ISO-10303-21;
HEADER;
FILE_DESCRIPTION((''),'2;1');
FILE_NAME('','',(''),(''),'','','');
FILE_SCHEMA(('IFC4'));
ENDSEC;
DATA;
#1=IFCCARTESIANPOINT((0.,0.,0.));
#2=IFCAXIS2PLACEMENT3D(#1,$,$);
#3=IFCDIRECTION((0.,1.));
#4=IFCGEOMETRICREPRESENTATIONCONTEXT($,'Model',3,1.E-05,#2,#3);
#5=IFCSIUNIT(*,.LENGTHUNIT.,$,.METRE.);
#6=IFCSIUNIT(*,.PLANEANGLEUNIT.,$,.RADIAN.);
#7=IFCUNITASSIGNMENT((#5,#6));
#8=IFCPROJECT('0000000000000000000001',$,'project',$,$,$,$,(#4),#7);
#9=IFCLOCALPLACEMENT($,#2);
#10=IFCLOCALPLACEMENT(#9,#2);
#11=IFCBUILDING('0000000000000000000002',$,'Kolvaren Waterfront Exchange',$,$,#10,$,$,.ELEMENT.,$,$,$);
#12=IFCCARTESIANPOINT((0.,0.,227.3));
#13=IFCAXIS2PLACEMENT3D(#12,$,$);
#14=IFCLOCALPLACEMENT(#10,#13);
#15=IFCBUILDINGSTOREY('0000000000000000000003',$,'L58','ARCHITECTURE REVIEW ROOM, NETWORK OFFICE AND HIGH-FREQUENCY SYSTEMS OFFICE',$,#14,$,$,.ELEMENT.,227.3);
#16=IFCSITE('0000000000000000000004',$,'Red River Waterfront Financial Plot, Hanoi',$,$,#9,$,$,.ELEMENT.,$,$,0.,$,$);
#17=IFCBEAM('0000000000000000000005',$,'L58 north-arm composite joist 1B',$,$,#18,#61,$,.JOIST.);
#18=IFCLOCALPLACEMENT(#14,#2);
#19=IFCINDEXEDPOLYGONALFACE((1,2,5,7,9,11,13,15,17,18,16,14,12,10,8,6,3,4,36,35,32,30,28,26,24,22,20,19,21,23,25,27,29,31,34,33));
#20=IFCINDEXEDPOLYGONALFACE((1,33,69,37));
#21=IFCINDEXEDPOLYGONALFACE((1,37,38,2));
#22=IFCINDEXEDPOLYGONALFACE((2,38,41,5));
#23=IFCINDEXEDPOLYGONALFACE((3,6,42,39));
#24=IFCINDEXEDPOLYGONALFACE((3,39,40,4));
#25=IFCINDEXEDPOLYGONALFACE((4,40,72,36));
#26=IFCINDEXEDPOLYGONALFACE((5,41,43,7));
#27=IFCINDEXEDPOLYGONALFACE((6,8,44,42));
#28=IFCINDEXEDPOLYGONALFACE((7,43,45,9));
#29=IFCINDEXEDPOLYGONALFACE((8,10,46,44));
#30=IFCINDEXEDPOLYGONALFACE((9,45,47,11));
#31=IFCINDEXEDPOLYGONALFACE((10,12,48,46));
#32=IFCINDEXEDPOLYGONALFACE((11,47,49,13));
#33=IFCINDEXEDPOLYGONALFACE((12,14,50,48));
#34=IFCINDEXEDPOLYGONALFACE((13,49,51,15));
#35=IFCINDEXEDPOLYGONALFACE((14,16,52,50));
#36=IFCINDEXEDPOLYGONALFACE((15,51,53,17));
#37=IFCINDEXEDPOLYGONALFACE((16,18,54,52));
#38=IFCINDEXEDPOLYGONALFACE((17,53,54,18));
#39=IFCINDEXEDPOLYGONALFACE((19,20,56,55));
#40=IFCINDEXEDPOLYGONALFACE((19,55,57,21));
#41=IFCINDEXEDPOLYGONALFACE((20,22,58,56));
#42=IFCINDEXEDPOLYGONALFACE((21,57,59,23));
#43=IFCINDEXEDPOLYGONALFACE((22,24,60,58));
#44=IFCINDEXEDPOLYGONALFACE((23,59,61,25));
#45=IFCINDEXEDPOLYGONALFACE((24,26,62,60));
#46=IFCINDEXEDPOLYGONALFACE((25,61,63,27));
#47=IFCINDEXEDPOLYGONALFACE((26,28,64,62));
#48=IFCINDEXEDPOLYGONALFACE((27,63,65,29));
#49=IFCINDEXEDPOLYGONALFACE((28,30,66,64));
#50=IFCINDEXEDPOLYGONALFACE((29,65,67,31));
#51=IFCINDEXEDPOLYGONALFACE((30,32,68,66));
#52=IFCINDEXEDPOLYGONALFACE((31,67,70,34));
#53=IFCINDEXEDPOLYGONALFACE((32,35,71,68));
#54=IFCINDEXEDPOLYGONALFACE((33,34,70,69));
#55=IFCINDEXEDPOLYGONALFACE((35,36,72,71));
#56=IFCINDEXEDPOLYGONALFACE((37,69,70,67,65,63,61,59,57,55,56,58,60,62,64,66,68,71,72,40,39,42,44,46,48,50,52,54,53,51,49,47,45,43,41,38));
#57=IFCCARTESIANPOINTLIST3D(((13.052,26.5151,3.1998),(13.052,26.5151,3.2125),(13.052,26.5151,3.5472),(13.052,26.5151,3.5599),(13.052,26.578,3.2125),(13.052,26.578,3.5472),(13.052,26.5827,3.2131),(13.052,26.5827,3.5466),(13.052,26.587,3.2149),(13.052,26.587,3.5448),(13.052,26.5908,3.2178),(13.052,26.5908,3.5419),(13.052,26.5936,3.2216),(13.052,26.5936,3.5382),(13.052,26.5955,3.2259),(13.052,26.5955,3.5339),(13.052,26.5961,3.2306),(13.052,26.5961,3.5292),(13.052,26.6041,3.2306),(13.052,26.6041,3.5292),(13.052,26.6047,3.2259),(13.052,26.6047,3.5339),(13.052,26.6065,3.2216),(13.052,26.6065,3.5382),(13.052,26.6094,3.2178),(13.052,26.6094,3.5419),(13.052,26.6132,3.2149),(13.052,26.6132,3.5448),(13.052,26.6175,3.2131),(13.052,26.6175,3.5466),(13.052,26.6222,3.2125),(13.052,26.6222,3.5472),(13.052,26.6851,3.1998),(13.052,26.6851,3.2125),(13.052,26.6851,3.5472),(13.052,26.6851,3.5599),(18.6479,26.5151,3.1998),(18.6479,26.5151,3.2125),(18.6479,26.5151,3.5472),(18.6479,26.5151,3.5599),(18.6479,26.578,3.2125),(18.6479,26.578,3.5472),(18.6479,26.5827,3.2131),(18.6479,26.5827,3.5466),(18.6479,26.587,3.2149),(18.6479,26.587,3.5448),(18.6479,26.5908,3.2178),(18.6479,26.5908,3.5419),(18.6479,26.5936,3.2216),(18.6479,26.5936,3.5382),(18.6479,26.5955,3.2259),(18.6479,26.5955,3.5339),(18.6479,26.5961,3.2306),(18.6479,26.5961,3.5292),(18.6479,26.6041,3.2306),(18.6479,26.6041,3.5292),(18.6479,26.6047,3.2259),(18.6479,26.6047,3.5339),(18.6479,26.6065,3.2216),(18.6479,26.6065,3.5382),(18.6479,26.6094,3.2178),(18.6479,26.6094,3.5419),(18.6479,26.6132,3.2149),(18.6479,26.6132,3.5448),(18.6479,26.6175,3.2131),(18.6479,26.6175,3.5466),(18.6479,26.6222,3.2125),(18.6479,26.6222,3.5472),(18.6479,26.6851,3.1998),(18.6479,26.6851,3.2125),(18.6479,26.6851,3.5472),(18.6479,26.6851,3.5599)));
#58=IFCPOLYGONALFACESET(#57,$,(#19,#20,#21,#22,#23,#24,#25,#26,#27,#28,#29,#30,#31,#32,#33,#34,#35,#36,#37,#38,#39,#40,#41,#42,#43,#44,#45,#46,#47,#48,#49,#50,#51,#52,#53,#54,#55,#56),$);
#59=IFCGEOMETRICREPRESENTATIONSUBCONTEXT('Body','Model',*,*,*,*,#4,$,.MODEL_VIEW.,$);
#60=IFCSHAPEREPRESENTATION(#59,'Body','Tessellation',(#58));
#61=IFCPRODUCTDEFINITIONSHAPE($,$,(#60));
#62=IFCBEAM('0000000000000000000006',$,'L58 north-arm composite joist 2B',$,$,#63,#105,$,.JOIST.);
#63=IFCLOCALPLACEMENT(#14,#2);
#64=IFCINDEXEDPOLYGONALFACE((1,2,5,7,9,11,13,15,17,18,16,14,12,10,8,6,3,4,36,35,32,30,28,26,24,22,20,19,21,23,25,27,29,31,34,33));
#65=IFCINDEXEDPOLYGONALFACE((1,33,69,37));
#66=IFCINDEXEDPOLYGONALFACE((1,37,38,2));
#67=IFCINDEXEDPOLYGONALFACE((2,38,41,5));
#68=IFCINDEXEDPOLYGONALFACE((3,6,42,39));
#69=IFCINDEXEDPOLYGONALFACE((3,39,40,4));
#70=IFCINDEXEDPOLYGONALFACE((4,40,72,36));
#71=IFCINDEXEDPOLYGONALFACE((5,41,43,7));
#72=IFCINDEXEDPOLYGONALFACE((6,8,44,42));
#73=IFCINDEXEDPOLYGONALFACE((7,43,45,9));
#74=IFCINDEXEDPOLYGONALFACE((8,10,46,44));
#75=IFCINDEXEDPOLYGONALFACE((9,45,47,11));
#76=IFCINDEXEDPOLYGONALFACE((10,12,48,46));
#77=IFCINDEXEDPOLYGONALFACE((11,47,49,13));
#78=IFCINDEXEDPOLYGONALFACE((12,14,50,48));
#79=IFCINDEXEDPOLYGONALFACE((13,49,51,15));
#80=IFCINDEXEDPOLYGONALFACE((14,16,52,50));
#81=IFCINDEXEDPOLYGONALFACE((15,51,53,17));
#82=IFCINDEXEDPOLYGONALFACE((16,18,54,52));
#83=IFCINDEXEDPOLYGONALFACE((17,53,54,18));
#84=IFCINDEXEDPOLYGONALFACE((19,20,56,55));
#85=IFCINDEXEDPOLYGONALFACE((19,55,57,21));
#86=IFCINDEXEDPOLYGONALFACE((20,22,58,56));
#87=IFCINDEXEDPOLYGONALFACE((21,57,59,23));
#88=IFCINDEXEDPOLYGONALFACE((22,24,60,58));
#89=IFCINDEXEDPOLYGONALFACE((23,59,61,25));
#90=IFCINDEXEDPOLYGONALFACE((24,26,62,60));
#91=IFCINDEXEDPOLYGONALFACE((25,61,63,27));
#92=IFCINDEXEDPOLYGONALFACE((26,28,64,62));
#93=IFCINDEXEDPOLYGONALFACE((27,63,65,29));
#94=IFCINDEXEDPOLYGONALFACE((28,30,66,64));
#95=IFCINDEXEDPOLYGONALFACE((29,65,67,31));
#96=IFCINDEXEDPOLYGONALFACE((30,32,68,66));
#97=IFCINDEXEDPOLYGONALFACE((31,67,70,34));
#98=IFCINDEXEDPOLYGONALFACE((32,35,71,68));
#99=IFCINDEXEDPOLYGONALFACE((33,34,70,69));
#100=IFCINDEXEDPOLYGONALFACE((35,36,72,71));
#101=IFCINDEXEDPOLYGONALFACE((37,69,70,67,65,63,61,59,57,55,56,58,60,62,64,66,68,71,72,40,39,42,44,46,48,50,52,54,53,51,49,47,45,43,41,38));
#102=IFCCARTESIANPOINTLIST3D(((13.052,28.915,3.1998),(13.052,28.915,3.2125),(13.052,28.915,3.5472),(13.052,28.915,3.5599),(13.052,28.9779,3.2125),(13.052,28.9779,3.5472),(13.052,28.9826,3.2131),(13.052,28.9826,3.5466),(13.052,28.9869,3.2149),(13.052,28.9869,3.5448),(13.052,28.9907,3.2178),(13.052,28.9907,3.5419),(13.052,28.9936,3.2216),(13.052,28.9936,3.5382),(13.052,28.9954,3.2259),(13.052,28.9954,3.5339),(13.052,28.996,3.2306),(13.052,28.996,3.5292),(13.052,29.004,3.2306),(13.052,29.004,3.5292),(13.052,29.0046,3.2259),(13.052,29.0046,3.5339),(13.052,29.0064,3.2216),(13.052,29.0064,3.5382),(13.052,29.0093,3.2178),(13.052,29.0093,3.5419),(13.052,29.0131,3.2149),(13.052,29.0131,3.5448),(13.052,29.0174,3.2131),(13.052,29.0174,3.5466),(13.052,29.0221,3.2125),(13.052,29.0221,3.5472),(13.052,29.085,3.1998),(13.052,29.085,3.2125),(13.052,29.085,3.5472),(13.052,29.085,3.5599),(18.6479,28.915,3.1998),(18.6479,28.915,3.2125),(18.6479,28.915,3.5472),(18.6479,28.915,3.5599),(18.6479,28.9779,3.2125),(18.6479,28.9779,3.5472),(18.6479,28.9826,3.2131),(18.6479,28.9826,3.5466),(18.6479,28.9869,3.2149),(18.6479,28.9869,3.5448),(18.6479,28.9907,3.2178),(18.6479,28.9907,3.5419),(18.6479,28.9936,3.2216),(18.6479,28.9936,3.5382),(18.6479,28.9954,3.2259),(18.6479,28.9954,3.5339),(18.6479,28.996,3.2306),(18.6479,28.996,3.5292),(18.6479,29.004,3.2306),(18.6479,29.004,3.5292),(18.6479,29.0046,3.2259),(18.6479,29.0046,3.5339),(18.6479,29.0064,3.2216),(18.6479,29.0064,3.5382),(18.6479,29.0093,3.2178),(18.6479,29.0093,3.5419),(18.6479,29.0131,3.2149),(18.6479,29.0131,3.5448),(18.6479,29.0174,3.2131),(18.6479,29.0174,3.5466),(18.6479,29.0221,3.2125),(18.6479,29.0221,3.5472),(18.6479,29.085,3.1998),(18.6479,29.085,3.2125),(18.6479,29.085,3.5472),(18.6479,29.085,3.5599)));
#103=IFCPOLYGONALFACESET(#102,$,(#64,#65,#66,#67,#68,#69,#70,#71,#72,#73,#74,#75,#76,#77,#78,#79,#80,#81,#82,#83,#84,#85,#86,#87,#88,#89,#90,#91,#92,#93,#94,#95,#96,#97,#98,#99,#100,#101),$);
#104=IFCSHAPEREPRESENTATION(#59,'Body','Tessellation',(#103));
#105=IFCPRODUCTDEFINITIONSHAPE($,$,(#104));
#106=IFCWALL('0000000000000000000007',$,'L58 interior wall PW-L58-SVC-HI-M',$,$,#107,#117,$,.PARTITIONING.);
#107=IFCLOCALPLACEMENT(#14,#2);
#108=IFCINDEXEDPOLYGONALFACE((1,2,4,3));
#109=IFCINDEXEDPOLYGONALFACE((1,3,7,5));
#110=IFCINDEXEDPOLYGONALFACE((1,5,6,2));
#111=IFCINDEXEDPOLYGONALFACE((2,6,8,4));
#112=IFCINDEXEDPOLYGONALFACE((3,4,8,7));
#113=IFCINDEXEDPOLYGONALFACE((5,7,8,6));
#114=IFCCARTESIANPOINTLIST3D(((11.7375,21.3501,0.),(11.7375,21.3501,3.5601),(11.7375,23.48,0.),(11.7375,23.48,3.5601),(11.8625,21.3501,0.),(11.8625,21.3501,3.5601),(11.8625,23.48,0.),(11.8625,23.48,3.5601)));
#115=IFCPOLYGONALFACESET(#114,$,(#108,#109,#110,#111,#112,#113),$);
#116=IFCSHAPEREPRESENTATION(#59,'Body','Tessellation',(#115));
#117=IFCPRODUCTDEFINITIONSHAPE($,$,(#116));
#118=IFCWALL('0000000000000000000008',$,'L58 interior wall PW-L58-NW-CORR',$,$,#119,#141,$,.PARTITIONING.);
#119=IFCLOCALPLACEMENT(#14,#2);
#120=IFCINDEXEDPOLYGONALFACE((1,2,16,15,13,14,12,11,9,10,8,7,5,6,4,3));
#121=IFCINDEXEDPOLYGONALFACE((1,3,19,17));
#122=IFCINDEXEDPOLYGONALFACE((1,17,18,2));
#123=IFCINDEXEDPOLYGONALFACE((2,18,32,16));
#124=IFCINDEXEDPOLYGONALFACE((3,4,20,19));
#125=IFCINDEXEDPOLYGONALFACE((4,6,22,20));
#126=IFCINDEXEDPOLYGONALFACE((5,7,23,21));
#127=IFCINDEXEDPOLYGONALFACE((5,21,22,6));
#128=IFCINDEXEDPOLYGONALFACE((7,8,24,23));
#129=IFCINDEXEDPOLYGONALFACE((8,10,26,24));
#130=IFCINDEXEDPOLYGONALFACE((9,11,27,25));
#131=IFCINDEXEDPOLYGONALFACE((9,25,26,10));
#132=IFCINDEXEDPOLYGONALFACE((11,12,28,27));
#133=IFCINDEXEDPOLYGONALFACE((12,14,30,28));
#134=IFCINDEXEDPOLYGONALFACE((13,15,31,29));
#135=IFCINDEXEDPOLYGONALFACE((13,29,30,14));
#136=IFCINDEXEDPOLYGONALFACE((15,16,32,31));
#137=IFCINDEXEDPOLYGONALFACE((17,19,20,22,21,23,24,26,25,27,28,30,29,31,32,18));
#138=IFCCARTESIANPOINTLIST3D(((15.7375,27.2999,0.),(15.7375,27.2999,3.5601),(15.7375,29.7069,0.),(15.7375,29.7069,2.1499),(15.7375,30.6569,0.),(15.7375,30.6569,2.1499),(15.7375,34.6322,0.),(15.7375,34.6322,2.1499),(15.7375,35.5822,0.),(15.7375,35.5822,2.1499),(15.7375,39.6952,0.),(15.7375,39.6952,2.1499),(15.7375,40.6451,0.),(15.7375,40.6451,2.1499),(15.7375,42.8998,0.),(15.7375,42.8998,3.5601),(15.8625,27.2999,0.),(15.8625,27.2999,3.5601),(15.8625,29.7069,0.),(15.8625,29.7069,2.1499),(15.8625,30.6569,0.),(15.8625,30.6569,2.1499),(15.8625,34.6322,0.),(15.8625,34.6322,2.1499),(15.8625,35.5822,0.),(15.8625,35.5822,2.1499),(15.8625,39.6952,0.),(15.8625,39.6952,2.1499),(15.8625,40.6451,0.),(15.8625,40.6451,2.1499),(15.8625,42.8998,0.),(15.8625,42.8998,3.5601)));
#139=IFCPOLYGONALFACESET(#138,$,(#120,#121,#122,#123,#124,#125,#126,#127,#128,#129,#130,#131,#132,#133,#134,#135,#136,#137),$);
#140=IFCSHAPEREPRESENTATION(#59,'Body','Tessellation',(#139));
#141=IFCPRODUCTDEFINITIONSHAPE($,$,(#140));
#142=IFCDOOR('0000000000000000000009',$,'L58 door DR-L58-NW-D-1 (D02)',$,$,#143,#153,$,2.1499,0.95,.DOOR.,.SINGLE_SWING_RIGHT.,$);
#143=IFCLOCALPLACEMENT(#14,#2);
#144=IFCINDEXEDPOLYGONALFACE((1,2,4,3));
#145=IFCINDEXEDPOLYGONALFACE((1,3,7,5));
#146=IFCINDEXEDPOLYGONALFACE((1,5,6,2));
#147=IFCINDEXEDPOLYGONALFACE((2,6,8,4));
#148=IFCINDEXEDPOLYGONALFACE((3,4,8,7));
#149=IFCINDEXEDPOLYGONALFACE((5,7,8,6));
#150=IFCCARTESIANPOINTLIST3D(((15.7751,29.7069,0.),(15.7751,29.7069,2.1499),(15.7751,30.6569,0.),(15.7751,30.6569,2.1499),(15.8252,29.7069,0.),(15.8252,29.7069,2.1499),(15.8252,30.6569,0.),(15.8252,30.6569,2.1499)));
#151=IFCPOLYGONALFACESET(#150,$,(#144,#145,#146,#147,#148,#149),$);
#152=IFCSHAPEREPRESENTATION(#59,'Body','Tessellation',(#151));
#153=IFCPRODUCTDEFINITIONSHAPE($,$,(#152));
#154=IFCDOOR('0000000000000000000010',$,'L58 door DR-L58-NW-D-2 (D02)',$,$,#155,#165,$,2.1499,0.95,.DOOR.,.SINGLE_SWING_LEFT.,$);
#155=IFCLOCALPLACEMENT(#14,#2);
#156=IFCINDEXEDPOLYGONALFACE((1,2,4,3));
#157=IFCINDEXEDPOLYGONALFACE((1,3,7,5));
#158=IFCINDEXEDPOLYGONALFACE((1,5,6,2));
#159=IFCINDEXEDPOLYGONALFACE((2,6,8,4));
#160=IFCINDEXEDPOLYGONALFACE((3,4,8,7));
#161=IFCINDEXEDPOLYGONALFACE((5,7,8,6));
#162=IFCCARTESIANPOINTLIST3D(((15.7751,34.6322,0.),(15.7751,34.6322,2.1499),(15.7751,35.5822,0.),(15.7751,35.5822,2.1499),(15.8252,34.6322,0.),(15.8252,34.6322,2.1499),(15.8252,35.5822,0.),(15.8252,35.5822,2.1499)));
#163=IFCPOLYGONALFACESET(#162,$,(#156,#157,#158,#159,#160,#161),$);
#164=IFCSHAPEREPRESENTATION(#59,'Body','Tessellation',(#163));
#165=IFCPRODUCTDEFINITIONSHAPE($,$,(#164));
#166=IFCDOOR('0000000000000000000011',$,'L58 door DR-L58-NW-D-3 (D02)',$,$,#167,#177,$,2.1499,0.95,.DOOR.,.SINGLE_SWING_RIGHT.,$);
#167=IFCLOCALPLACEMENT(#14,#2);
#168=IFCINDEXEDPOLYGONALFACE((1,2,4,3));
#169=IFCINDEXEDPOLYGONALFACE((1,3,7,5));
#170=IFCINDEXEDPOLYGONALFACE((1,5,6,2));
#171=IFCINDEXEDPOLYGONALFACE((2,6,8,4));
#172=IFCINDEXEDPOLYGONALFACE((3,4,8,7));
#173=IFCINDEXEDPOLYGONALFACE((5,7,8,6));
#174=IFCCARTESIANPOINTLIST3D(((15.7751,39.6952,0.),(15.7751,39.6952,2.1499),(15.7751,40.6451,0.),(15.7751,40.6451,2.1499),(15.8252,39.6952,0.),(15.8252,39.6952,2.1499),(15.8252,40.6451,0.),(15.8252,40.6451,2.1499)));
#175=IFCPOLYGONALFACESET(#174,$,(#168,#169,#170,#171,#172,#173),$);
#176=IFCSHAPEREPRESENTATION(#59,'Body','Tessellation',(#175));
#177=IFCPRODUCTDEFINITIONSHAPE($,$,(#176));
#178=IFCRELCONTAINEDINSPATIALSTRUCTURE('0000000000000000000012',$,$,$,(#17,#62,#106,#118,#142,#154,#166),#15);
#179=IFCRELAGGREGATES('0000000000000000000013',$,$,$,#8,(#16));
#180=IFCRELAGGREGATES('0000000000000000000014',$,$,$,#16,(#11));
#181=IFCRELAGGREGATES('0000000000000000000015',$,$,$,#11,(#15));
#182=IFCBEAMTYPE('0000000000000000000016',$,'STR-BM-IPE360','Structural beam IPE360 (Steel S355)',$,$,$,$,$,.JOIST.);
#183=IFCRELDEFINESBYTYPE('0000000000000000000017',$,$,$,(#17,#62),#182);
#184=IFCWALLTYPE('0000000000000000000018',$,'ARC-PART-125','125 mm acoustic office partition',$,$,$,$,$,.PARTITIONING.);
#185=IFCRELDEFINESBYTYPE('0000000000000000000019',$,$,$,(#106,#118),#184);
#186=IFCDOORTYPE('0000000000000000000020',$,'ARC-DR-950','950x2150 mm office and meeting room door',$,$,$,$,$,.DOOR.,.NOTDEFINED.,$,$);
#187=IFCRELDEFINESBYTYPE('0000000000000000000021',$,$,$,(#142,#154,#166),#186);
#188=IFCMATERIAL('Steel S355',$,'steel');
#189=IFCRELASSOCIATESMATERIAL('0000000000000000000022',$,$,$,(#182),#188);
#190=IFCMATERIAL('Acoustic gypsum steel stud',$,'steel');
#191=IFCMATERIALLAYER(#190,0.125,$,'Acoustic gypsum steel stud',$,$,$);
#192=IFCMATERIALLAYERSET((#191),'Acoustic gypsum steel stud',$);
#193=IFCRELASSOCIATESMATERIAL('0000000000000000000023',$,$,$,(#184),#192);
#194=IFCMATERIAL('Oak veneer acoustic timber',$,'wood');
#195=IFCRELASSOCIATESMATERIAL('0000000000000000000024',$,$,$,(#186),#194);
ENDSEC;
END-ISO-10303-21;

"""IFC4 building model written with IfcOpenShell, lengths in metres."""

from ifc_helpers import new_model, si_unit, direction, frame, frame_2d, origin, origin_2d, place, context, subcontext, project, spatial, rectangle, i_section, extrude, material, layer, layer_set, material_profile, profile_set, type_object, element, fill, save


model = new_model("IFC4")

# Units and contexts
model_context = context("Model", 3, precision=1e-05, world=origin(), true_north=direction((0.0, 1.0)))
body_context = subcontext(model_context, "Body", "Model", "MODEL_VIEW")
ifc_project = project(units=[si_unit("LENGTHUNIT", "METRE"), si_unit("PLANEANGLEUNIT", "RADIAN")], contexts=[model_context])

# Site, building, storey
site_placement = place(None, origin())
site = spatial("IfcSite", under=ifc_project, at=site_placement, Name="Red River Waterfront Financial Plot, Hanoi", CompositionType="ELEMENT", RefElevation=0.0)
building_placement = place(site_placement, origin())
building = spatial("IfcBuilding", under=site, at=building_placement, Name="Kolvaren Waterfront Exchange", CompositionType="ELEMENT")
storey_placement = place(building_placement, frame((0.0, 0.0, 227.3)))
storey = spatial("IfcBuildingStorey", under=building, at=storey_placement, Name="L58", Description="ARCHITECTURE REVIEW ROOM, NETWORK OFFICE AND HIGH-FREQUENCY SYSTEMS OFFICE", CompositionType="ELEMENT", Elevation=227.3)

# Beams
ifc_material_1 = material(Name="Steel S355", Category="steel")
ifc_material_profile_1 = material_profile(ifc_material_1, i_section(OverallWidth=0.1699, OverallDepth=0.3601, WebThickness=0.0081, FlangeThickness=0.0127, FilletRadius=0.0181, at=origin_2d()), Name="IPE360")
ifc_profile_set_1 = profile_set([ifc_material_profile_1], Name="Steel S355")
beam_type_1 = type_object("IfcBeamType", Name="STR-BM-IPE360", Description="Structural beam IPE360 (Steel S355)", PredefinedType="JOIST", material=ifc_profile_set_1)
for number, where, z_axis, x_axis, name in (
    (1, (13.052, 26.6001, 3.3799), (1.0, 0.0, 0.0), (0.0, 1.0, 0.0), "L58 north-arm composite joist 1B"),
    (2, (13.052, 29.0, 3.3799), (1.0, 0.0, 0.0), (0.0, 1.0, 0.0), "L58 north-arm composite joist 2B"),
):
    element("IfcBeam", number, at=place(storey_placement, frame(where, z_axis=z_axis, x_axis=x_axis)), inside=storey, type_object=beam_type_1, Name=name, PredefinedType="JOIST", context=body_context, shape_type="SweptSolid", body=[
        extrude(i_section(OverallWidth=0.1699, OverallDepth=0.3601, WebThickness=0.0081, FlangeThickness=0.0127, FilletRadius=0.0181, at=origin_2d()), origin(), (0.0, 0.0, 1.0), 5.5959),
    ])

# Shared definitions
ifc_material_2 = material(Name="Acoustic gypsum steel stud", Category="steel")
ifc_layer_1 = layer(ifc_material_2, 0.125, Name="Acoustic gypsum steel stud")
ifc_layer_set_1 = layer_set([ifc_layer_1], Name="Acoustic gypsum steel stud")
wall_type_1 = type_object("IfcWallType", Name="ARC-PART-125", Description="125 mm acoustic office partition", PredefinedType="PARTITIONING", material=ifc_layer_set_1)

# Wall
wall_1_placement = place(storey_placement, frame((11.8, 21.3501, 0.0), z_axis=(0.0, 0.0, 1.0), x_axis=(0.0, 1.0, 0.0)))
element("IfcWall", 3, at=wall_1_placement, inside=storey, type_object=wall_type_1, Name="L58 interior wall PW-L58-SVC-HI-M", PredefinedType="PARTITIONING", context=body_context, shape_type="SweptSolid", body=[
    extrude(rectangle(XDim=2.1299, YDim=0.125, at=frame_2d((1.0649, 0.0))), origin(), (0.0, 0.0, 1.0), 3.5601),
])

# Wall, openings, doors
wall_2_placement = place(storey_placement, frame((15.8, 27.3, 0.0), z_axis=(0.0, 0.0, 1.0), x_axis=(0.0, 1.0, 0.0)))
wall_2 = element("IfcWall", 4, at=wall_2_placement, inside=storey, type_object=wall_type_1, Name="L58 interior wall PW-L58-NW-CORR", PredefinedType="PARTITIONING", context=body_context, shape_type="SweptSolid", body=[
    extrude(rectangle(XDim=15.5999, YDim=0.125, at=frame_2d((7.7998, 0.0))), origin(), (0.0, 0.0, 1.0), 3.5601),
])
opening_1_placement = place(wall_2_placement, frame((2.4067, 0.0, 0.0)))
opening_1 = element("IfcOpeningElement", 5, at=opening_1_placement, cuts=wall_2, PredefinedType="OPENING", context=body_context, shape_type="SweptSolid", body=[
    extrude(rectangle(XDim=0.95, YDim=2.1499, at=frame_2d((0.4751, 1.075))), frame((0.0, 0.0725, 0.0), z_axis=(0.0, -1.0, 0.0), x_axis=(1.0, 0.0, 0.0)), (0.0, 0.0, 1.0), 0.145),
])
opening_2_placement = place(wall_2_placement, frame((7.332, 0.0, 0.0)))
opening_2 = element("IfcOpeningElement", 6, at=opening_2_placement, cuts=wall_2, PredefinedType="OPENING", context=body_context, shape_type="SweptSolid", body=[
    extrude(rectangle(XDim=0.95, YDim=2.1499, at=frame_2d((0.4751, 1.075))), frame((0.0, 0.0725, 0.0), z_axis=(0.0, -1.0, 0.0), x_axis=(1.0, 0.0, 0.0)), (0.0, 0.0, 1.0), 0.145),
])
opening_3_placement = place(wall_2_placement, frame((12.395, 0.0, 0.0)))
opening_3 = element("IfcOpeningElement", 7, at=opening_3_placement, cuts=wall_2, PredefinedType="OPENING", context=body_context, shape_type="SweptSolid", body=[
    extrude(rectangle(XDim=0.95, YDim=2.1499, at=frame_2d((0.4751, 1.075))), frame((0.0, 0.0725, 0.0), z_axis=(0.0, -1.0, 0.0), x_axis=(1.0, 0.0, 0.0)), (0.0, 0.0, 1.0), 0.145),
])
ifc_material_3 = material(Name="Oak veneer acoustic timber", Category="wood")
door_type_1 = type_object("IfcDoorType", Name="ARC-DR-950", Description="950x2150 mm office and meeting room door", OperationType="NOTDEFINED", PredefinedType="DOOR", material=ifc_material_3)
door_1_placement = place(opening_1_placement, origin())
door_1 = element("IfcDoor", 8, at=door_1_placement, inside=storey, type_object=door_type_1, Name="L58 door DR-L58-NW-D-1 (D02)", OperationType="SINGLE_SWING_RIGHT", OverallHeight=2.1499, OverallWidth=0.95, PredefinedType="DOOR", context=body_context, shape_type="SweptSolid", body=[
    extrude(rectangle(XDim=0.95, YDim=2.1499, at=frame_2d((0.4751, 1.075))), frame((0.0, 0.0249, 0.0), z_axis=(0.0, -1.0, 0.0), x_axis=(1.0, 0.0, 0.0)), (0.0, 0.0, 1.0), 0.05),
])
fill(opening_1, door_1)
door_2_placement = place(opening_2_placement, origin())
door_2 = element("IfcDoor", 9, at=door_2_placement, inside=storey, type_object=door_type_1, Name="L58 door DR-L58-NW-D-2 (D02)", OperationType="SINGLE_SWING_LEFT", OverallHeight=2.1499, OverallWidth=0.95, PredefinedType="DOOR", context=body_context, shape_type="SweptSolid", body=[
    extrude(rectangle(XDim=0.95, YDim=2.1499, at=frame_2d((0.4751, 1.075))), frame((0.0, 0.0249, 0.0), z_axis=(0.0, -1.0, 0.0), x_axis=(1.0, 0.0, 0.0)), (0.0, 0.0, 1.0), 0.05),
])
fill(opening_2, door_2)
door_3_placement = place(opening_3_placement, origin())
door_3 = element("IfcDoor", 10, at=door_3_placement, inside=storey, type_object=door_type_1, Name="L58 door DR-L58-NW-D-3 (D02)", OperationType="SINGLE_SWING_RIGHT", OverallHeight=2.1499, OverallWidth=0.95, PredefinedType="DOOR", context=body_context, shape_type="SweptSolid", body=[
    extrude(rectangle(XDim=0.95, YDim=2.1499, at=frame_2d((0.4751, 1.075))), frame((0.0, 0.0249, 0.0), z_axis=(0.0, -1.0, 0.0), x_axis=(1.0, 0.0, 0.0)), (0.0, 0.0, 1.0), 0.05),
])
fill(opening_3, door_3)

save(model, "model.ifc")
